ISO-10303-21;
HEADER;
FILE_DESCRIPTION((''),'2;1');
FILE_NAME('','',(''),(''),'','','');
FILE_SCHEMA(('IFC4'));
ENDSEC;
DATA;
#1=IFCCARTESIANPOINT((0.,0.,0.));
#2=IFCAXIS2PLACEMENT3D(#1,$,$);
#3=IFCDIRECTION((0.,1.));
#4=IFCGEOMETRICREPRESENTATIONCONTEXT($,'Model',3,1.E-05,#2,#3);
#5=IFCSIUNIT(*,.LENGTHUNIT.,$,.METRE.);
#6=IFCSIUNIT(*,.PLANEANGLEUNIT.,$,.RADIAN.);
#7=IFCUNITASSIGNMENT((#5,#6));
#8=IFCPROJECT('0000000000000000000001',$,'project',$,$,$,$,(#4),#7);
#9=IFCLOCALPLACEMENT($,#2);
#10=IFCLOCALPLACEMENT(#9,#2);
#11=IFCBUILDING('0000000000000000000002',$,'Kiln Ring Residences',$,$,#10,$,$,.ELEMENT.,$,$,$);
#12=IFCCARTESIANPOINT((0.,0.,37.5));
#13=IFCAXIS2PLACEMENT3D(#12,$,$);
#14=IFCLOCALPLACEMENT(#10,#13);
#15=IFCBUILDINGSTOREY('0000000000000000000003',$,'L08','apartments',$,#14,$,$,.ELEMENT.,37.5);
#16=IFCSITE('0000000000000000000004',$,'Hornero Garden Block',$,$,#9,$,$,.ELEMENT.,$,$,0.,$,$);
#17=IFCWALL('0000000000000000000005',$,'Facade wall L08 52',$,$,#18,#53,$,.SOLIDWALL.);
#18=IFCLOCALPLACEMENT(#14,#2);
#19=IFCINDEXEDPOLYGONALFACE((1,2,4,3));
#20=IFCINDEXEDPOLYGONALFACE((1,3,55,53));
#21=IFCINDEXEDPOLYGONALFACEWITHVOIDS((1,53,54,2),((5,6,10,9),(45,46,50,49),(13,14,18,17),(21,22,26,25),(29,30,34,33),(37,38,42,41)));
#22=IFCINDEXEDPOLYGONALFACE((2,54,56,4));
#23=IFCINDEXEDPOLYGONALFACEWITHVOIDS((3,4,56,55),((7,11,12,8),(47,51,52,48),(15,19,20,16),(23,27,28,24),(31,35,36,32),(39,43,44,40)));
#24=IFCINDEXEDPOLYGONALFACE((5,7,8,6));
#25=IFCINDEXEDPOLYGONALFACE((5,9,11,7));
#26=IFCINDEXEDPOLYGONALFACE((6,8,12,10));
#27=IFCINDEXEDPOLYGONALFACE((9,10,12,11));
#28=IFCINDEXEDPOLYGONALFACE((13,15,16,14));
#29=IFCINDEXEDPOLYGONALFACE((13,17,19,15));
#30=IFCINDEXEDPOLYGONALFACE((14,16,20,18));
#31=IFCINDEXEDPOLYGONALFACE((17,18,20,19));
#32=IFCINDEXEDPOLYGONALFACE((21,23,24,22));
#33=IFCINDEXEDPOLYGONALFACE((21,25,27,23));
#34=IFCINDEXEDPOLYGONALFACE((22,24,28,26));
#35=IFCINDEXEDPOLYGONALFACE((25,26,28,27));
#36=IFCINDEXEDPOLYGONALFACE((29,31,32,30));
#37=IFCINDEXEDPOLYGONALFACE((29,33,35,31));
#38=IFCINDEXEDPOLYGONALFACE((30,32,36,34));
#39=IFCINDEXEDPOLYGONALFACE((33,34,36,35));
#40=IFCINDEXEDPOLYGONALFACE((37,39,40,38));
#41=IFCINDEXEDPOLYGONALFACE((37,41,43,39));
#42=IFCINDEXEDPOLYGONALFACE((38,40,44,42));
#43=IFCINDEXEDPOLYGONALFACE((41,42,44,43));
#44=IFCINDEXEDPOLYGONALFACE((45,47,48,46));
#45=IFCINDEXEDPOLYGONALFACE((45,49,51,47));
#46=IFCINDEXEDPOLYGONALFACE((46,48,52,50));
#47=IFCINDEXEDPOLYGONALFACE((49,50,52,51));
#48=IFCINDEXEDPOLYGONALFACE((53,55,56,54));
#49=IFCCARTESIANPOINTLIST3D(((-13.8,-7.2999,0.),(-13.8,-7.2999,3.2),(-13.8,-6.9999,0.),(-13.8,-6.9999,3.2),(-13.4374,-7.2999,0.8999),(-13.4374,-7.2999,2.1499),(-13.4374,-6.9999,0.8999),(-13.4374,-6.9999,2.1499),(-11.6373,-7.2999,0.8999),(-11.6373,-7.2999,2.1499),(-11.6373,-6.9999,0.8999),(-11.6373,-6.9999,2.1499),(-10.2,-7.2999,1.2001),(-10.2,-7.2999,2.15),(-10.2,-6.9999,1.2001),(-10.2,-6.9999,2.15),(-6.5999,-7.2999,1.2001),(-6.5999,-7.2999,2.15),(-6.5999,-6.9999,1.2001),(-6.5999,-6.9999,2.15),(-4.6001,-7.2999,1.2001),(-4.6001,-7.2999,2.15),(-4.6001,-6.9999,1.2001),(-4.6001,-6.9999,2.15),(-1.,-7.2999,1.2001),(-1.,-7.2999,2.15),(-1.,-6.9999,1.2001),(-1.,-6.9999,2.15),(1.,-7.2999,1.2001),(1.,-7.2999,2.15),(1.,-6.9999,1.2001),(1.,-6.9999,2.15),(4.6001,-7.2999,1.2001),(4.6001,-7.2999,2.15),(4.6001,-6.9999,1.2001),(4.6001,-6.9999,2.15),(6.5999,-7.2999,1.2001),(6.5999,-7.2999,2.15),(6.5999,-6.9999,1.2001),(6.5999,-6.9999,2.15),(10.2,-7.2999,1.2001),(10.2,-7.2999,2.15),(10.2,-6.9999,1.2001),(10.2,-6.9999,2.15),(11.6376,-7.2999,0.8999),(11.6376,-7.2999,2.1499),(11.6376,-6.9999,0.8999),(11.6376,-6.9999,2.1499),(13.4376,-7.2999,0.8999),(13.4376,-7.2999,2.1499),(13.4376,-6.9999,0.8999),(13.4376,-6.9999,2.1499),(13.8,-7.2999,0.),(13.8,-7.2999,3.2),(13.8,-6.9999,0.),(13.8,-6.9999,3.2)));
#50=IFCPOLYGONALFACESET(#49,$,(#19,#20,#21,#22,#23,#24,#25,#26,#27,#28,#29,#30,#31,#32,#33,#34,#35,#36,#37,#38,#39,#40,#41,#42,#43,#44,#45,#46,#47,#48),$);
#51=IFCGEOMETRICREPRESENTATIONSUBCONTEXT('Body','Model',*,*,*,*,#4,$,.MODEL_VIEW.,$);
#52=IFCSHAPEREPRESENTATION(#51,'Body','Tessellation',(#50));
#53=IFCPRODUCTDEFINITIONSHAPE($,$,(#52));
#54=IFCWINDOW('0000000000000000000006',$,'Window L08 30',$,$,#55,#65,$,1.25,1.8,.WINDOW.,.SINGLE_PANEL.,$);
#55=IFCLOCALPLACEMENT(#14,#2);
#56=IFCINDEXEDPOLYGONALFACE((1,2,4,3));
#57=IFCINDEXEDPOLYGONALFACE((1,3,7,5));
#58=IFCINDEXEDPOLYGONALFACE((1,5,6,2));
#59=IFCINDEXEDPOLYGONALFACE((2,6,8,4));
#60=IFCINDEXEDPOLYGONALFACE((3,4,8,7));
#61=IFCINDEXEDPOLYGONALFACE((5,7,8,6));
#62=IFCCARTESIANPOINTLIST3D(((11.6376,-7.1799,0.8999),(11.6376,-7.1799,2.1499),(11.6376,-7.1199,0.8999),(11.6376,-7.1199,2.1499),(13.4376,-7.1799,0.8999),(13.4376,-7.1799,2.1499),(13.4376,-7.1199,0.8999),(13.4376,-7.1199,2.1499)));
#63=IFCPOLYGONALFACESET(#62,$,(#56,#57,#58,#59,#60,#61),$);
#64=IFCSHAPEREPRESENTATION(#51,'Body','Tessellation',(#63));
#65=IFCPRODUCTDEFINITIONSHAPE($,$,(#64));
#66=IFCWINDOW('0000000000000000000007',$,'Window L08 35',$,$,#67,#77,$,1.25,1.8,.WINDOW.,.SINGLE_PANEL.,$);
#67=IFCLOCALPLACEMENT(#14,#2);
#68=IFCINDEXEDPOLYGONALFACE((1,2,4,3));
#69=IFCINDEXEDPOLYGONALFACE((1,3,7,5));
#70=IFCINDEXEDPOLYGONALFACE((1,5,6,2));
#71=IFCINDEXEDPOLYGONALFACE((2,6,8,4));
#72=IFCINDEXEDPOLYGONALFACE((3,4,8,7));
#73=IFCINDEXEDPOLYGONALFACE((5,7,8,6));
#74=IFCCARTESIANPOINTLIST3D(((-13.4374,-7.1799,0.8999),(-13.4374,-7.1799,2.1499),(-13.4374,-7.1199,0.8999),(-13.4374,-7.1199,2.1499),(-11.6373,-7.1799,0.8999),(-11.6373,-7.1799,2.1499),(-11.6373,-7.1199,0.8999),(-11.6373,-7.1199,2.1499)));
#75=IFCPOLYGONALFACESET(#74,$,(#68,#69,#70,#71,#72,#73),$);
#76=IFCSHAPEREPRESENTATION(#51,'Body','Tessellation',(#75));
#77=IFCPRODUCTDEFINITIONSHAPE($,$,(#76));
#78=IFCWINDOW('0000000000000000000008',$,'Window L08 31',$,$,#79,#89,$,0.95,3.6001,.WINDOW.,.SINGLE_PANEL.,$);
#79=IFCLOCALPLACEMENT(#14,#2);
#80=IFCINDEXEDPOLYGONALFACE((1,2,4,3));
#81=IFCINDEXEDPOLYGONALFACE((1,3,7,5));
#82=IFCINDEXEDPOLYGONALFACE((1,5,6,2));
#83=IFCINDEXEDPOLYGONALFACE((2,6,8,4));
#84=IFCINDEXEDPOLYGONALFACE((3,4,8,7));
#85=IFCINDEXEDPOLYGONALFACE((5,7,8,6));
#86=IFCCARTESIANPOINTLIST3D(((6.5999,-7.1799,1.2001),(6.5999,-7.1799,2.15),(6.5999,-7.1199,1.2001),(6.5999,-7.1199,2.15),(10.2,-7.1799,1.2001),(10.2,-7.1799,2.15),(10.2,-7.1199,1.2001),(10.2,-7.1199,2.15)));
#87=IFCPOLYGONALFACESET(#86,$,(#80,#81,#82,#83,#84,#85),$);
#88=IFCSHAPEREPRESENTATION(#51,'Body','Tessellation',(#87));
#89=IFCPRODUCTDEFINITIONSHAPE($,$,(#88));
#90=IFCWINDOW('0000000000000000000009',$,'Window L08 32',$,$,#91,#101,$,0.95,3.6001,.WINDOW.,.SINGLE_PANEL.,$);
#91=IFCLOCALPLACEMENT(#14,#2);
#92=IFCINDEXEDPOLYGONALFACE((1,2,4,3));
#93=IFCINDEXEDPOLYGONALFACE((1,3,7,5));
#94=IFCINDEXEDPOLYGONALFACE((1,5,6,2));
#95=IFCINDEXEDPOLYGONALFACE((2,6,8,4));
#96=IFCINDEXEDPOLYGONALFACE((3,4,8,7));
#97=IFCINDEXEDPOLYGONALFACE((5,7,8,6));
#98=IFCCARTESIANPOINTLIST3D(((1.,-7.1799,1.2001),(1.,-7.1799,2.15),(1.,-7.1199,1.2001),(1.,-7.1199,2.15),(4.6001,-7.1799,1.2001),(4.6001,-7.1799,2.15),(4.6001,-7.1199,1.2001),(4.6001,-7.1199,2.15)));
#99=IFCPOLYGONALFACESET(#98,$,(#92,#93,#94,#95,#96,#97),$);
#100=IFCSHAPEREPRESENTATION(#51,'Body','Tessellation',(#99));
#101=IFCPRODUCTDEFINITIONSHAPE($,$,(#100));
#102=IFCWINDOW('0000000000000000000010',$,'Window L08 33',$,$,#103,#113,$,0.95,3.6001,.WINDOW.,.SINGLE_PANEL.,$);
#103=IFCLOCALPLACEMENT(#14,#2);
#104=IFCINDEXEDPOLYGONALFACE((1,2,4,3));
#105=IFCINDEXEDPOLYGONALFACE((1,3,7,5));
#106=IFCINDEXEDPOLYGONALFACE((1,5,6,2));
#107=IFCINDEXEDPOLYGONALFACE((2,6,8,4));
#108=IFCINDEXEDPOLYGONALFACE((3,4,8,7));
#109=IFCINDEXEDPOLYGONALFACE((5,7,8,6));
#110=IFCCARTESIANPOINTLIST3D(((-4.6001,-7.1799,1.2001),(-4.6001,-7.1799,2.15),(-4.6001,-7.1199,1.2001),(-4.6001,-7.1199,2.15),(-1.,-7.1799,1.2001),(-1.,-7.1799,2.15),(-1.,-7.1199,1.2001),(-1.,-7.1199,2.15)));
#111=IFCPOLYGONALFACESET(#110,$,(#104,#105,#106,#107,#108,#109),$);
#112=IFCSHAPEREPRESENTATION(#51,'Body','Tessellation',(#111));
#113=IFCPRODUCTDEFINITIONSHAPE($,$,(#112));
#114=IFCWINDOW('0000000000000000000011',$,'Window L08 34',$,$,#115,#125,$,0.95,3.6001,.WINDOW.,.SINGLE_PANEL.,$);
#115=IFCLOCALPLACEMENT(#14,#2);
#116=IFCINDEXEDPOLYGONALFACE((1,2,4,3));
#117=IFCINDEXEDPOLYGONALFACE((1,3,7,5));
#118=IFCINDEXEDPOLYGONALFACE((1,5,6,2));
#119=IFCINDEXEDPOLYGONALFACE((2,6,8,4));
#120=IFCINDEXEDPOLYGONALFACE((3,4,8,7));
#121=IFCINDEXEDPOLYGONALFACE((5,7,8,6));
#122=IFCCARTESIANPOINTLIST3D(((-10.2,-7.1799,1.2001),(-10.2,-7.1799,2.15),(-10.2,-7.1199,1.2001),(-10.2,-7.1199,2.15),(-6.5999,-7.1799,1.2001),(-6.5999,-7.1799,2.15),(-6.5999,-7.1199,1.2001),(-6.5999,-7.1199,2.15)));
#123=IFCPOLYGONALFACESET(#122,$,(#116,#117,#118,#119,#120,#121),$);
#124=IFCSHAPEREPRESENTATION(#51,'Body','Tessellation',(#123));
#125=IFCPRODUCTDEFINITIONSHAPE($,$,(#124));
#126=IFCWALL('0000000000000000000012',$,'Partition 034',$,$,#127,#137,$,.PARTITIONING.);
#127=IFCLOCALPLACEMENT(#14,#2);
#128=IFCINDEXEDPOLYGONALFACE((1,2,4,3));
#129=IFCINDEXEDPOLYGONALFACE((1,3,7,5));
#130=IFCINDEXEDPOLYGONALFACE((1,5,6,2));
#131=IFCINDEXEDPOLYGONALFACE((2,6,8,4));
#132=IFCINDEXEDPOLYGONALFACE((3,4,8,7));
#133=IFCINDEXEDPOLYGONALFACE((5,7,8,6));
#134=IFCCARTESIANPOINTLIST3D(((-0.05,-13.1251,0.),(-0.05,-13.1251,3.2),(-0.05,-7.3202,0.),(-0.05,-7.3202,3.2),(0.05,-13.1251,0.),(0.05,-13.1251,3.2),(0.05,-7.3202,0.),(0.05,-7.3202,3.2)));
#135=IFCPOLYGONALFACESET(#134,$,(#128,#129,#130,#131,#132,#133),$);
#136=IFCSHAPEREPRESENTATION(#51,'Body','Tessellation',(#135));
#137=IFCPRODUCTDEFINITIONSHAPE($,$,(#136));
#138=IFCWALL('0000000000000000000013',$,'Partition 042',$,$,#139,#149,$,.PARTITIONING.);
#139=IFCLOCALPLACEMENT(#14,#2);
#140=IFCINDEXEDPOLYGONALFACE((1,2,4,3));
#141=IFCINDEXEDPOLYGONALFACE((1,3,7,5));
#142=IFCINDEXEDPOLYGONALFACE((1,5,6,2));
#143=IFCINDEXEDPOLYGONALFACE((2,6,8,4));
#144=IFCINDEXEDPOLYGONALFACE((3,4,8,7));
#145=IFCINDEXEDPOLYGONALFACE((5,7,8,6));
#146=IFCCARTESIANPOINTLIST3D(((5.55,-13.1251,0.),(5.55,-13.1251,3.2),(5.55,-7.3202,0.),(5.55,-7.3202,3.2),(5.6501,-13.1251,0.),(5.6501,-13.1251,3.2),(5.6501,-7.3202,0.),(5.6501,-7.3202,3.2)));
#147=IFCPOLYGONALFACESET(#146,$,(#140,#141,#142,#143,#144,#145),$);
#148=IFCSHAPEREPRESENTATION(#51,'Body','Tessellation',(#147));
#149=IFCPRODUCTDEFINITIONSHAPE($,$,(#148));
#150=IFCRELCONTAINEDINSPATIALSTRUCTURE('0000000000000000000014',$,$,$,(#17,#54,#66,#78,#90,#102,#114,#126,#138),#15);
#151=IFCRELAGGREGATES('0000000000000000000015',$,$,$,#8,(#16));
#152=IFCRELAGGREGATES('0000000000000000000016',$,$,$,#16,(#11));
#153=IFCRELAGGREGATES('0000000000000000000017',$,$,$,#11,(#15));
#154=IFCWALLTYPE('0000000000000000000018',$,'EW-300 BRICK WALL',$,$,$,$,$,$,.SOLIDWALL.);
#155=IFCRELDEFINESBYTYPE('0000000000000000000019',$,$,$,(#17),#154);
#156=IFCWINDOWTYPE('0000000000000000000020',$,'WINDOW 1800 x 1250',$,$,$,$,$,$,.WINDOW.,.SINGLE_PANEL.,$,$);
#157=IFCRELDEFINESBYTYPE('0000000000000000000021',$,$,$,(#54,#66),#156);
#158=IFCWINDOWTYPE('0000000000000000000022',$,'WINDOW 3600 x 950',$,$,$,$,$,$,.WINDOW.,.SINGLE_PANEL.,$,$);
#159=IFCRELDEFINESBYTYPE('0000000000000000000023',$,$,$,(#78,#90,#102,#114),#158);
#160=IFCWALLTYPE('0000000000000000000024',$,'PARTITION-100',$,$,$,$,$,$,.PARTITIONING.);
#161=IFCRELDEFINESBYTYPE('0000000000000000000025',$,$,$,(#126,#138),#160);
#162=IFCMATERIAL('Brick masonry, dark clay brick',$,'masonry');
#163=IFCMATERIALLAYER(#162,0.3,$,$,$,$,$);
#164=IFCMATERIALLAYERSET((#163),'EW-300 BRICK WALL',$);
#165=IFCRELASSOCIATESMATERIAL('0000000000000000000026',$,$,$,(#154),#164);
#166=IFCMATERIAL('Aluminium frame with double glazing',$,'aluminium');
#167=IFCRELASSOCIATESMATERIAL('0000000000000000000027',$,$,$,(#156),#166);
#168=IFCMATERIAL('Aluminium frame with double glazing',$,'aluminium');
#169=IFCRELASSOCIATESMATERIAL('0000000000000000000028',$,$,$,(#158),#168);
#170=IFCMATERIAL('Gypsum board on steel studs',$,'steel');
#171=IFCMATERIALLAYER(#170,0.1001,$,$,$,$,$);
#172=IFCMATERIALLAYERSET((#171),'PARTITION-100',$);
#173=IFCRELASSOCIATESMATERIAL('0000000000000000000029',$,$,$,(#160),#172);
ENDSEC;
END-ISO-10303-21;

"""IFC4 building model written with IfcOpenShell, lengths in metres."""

from ifc_helpers import new_model, si_unit, direction, frame, frame_2d, origin, place, context, subcontext, project, spatial, rectangle, extrude, material, layer, layer_set, type_object, element, fill, save


model = new_model("IFC4")

# Units and contexts
model_context = context("Model", 3, precision=1e-05, world=origin(), true_north=direction((0.0, 1.0)))
body_context = subcontext(model_context, "Body", "Model", "MODEL_VIEW")
ifc_project = project(units=[si_unit("LENGTHUNIT", "METRE"), si_unit("PLANEANGLEUNIT", "RADIAN")], contexts=[model_context])

# Site, building, storey
site_placement = place(None, origin())
site = spatial("IfcSite", under=ifc_project, at=site_placement, Name="Hornero Garden Block", CompositionType="ELEMENT", RefElevation=0.0)
building_placement = place(site_placement, origin())
building = spatial("IfcBuilding", under=site, at=building_placement, Name="Kiln Ring Residences", CompositionType="ELEMENT")
storey_placement = place(building_placement, frame((0.0, 0.0, 37.5)))
storey = spatial("IfcBuildingStorey", under=building, at=storey_placement, Name="L08", Description="apartments", CompositionType="ELEMENT", Elevation=37.5)

# Wall, openings, windows
ifc_material_1 = material(Name="Brick masonry, dark clay brick", Category="masonry")
ifc_layer_1 = layer(ifc_material_1, 0.3)
ifc_layer_set_1 = layer_set([ifc_layer_1], Name="EW-300 BRICK WALL")
wall_type_1 = type_object("IfcWallType", Name="EW-300 BRICK WALL", PredefinedType="SOLIDWALL", material=ifc_layer_set_1)
wall_1_placement = place(storey_placement, frame((13.8, -7.1499, 0.0), z_axis=(0.0, 0.0, 1.0), x_axis=(-1.0, 0.0, 0.0)))
wall_1 = element("IfcWall", 1, at=wall_1_placement, inside=storey, type_object=wall_type_1, Name="Facade wall L08 52", PredefinedType="SOLIDWALL", context=body_context, shape_type="SweptSolid", body=[
    extrude(rectangle(XDim=27.6001, YDim=0.3, at=frame_2d((13.8, 0.0))), origin(), (0.0, 0.0, 1.0), 3.2),
])
opening_1_placement = place(wall_1_placement, frame((0.3625, 0.0, 0.8999)))
opening_1 = element("IfcOpeningElement", 2, at=opening_1_placement, cuts=wall_1, PredefinedType="OPENING", context=body_context, shape_type="SweptSolid", body=[
    extrude(rectangle(XDim=1.8, YDim=1.25, at=frame_2d((0.8999, 0.625))), frame((0.0, 0.1599, 0.0), z_axis=(0.0, -1.0, 0.0), x_axis=(1.0, 0.0, 0.0)), (0.0, 0.0, 1.0), 0.3201),
])
opening_2_placement = place(wall_1_placement, frame((3.6001, 0.0, 1.2)))
opening_2 = element("IfcOpeningElement", 3, at=opening_2_placement, cuts=wall_1, PredefinedType="OPENING", context=body_context, shape_type="SweptSolid", body=[
    extrude(rectangle(XDim=3.6001, YDim=0.95, at=frame_2d((1.8, 0.4751))), frame((0.0, 0.1599, 0.0), z_axis=(0.0, -1.0, 0.0), x_axis=(1.0, 0.0, 0.0)), (0.0, 0.0, 1.0), 0.3201),
])
opening_3_placement = place(wall_1_placement, frame((9.2, 0.0, 1.2)))
opening_3 = element("IfcOpeningElement", 4, at=opening_3_placement, cuts=wall_1, PredefinedType="OPENING", context=body_context, shape_type="SweptSolid", body=[
    extrude(rectangle(XDim=3.6001, YDim=0.95, at=frame_2d((1.8, 0.4751))), frame((0.0, 0.1599, 0.0), z_axis=(0.0, -1.0, 0.0), x_axis=(1.0, 0.0, 0.0)), (0.0, 0.0, 1.0), 0.3201),
])
opening_4_placement = place(wall_1_placement, frame((14.8, 0.0, 1.2)))
opening_4 = element("IfcOpeningElement", 5, at=opening_4_placement, cuts=wall_1, PredefinedType="OPENING", context=body_context, shape_type="SweptSolid", body=[
    extrude(rectangle(XDim=3.6001, YDim=0.95, at=frame_2d((1.8, 0.4751))), frame((0.0, 0.1599, 0.0), z_axis=(0.0, -1.0, 0.0), x_axis=(1.0, 0.0, 0.0)), (0.0, 0.0, 1.0), 0.3201),
])
opening_5_placement = place(wall_1_placement, frame((20.3999, 0.0, 1.2)))
opening_5 = element("IfcOpeningElement", 6, at=opening_5_placement, cuts=wall_1, PredefinedType="OPENING", context=body_context, shape_type="SweptSolid", body=[
    extrude(rectangle(XDim=3.6001, YDim=0.95, at=frame_2d((1.8, 0.4751))), frame((0.0, 0.1599, 0.0), z_axis=(0.0, -1.0, 0.0), x_axis=(1.0, 0.0, 0.0)), (0.0, 0.0, 1.0), 0.3201),
])
opening_6_placement = place(wall_1_placement, frame((25.4375, 0.0, 0.8999)))
opening_6 = element("IfcOpeningElement", 7, at=opening_6_placement, cuts=wall_1, PredefinedType="OPENING", context=body_context, shape_type="SweptSolid", body=[
    extrude(rectangle(XDim=1.8, YDim=1.25, at=frame_2d((0.8999, 0.625))), frame((0.0, 0.1599, 0.0), z_axis=(0.0, -1.0, 0.0), x_axis=(1.0, 0.0, 0.0)), (0.0, 0.0, 1.0), 0.3201),
])
ifc_material_2 = material(Name="Aluminium frame with double glazing", Category="aluminium")
window_type_1 = type_object("IfcWindowType", Name="WINDOW 1800 x 1250", PartitioningType="SINGLE_PANEL", PredefinedType="WINDOW", material=ifc_material_2)
window_1_placement = place(opening_1_placement, origin())
window_1 = element("IfcWindow", 8, at=window_1_placement, inside=storey, type_object=window_type_1, Name="Window L08 30", OverallHeight=1.25, OverallWidth=1.8, PartitioningType="SINGLE_PANEL", PredefinedType="WINDOW", context=body_context, shape_type="SweptSolid", body=[
    extrude(rectangle(XDim=1.8, YDim=1.25, at=frame_2d((0.8999, 0.625))), frame((0.0, 0.03, 0.0), z_axis=(0.0, -1.0, 0.0), x_axis=(1.0, 0.0, 0.0)), (0.0, 0.0, 1.0), 0.0601),
])
fill(opening_1, window_1)
window_2_placement = place(opening_6_placement, origin())
window_2 = element("IfcWindow", 9, at=window_2_placement, inside=storey, type_object=window_type_1, Name="Window L08 35", OverallHeight=1.25, OverallWidth=1.8, PartitioningType="SINGLE_PANEL", PredefinedType="WINDOW", context=body_context, shape_type="SweptSolid", body=[
    extrude(rectangle(XDim=1.8, YDim=1.25, at=frame_2d((0.8999, 0.625))), frame((0.0, 0.03, 0.0), z_axis=(0.0, -1.0, 0.0), x_axis=(1.0, 0.0, 0.0)), (0.0, 0.0, 1.0), 0.0601),
])
fill(opening_6, window_2)
ifc_material_3 = material(Name="Aluminium frame with double glazing", Category="aluminium")
window_type_2 = type_object("IfcWindowType", Name="WINDOW 3600 x 950", PartitioningType="SINGLE_PANEL", PredefinedType="WINDOW", material=ifc_material_3)
window_3_placement = place(opening_2_placement, origin())
window_3 = element("IfcWindow", 10, at=window_3_placement, inside=storey, type_object=window_type_2, Name="Window L08 31", OverallHeight=0.95, OverallWidth=3.6001, PartitioningType="SINGLE_PANEL", PredefinedType="WINDOW", context=body_context, shape_type="SweptSolid", body=[
    extrude(rectangle(XDim=3.6001, YDim=0.95, at=frame_2d((1.8, 0.4751))), frame((0.0, 0.03, 0.0), z_axis=(0.0, -1.0, 0.0), x_axis=(1.0, 0.0, 0.0)), (0.0, 0.0, 1.0), 0.0601),
])
fill(opening_2, window_3)
window_4_placement = place(opening_3_placement, origin())
window_4 = element("IfcWindow", 11, at=window_4_placement, inside=storey, type_object=window_type_2, Name="Window L08 32", OverallHeight=0.95, OverallWidth=3.6001, PartitioningType="SINGLE_PANEL", PredefinedType="WINDOW", context=body_context, shape_type="SweptSolid", body=[
    extrude(rectangle(XDim=3.6001, YDim=0.95, at=frame_2d((1.8, 0.4751))), frame((0.0, 0.03, 0.0), z_axis=(0.0, -1.0, 0.0), x_axis=(1.0, 0.0, 0.0)), (0.0, 0.0, 1.0), 0.0601),
])
fill(opening_3, window_4)
window_5_placement = place(opening_4_placement, origin())
window_5 = element("IfcWindow", 12, at=window_5_placement, inside=storey, type_object=window_type_2, Name="Window L08 33", OverallHeight=0.95, OverallWidth=3.6001, PartitioningType="SINGLE_PANEL", PredefinedType="WINDOW", context=body_context, shape_type="SweptSolid", body=[
    extrude(rectangle(XDim=3.6001, YDim=0.95, at=frame_2d((1.8, 0.4751))), frame((0.0, 0.03, 0.0), z_axis=(0.0, -1.0, 0.0), x_axis=(1.0, 0.0, 0.0)), (0.0, 0.0, 1.0), 0.0601),
])
fill(opening_4, window_5)
window_6_placement = place(opening_5_placement, origin())
window_6 = element("IfcWindow", 13, at=window_6_placement, inside=storey, type_object=window_type_2, Name="Window L08 34", OverallHeight=0.95, OverallWidth=3.6001, PartitioningType="SINGLE_PANEL", PredefinedType="WINDOW", context=body_context, shape_type="SweptSolid", body=[
    extrude(rectangle(XDim=3.6001, YDim=0.95, at=frame_2d((1.8, 0.4751))), frame((0.0, 0.03, 0.0), z_axis=(0.0, -1.0, 0.0), x_axis=(1.0, 0.0, 0.0)), (0.0, 0.0, 1.0), 0.0601),
])
fill(opening_5, window_6)

# Walls
ifc_material_4 = material(Name="Gypsum board on steel studs", Category="steel")
ifc_layer_2 = layer(ifc_material_4, 0.1001)
ifc_layer_set_2 = layer_set([ifc_layer_2], Name="PARTITION-100")
wall_type_2 = type_object("IfcWallType", Name="PARTITION-100", PredefinedType="PARTITIONING", material=ifc_layer_set_2)
for number, where, z_axis, x_axis, name in (
    (14, (0.0, -13.125, 0.0), (0.0, 0.0, 1.0), (0.0, 1.0, 0.0), "Partition 034"),
    (15, (5.6001, -13.125, 0.0), (0.0, 0.0, 1.0), (0.0, 1.0, 0.0), "Partition 042"),
):
    element("IfcWall", number, at=place(storey_placement, frame(where, z_axis=z_axis, x_axis=x_axis)), inside=storey, type_object=wall_type_2, Name=name, PredefinedType="PARTITIONING", context=body_context, shape_type="SweptSolid", body=[
        extrude(rectangle(XDim=5.8049, YDim=0.1001, at=frame_2d((2.9023, 0.0))), origin(), (0.0, 0.0, 1.0), 3.2),
    ])

save(model, "model.ifc")
